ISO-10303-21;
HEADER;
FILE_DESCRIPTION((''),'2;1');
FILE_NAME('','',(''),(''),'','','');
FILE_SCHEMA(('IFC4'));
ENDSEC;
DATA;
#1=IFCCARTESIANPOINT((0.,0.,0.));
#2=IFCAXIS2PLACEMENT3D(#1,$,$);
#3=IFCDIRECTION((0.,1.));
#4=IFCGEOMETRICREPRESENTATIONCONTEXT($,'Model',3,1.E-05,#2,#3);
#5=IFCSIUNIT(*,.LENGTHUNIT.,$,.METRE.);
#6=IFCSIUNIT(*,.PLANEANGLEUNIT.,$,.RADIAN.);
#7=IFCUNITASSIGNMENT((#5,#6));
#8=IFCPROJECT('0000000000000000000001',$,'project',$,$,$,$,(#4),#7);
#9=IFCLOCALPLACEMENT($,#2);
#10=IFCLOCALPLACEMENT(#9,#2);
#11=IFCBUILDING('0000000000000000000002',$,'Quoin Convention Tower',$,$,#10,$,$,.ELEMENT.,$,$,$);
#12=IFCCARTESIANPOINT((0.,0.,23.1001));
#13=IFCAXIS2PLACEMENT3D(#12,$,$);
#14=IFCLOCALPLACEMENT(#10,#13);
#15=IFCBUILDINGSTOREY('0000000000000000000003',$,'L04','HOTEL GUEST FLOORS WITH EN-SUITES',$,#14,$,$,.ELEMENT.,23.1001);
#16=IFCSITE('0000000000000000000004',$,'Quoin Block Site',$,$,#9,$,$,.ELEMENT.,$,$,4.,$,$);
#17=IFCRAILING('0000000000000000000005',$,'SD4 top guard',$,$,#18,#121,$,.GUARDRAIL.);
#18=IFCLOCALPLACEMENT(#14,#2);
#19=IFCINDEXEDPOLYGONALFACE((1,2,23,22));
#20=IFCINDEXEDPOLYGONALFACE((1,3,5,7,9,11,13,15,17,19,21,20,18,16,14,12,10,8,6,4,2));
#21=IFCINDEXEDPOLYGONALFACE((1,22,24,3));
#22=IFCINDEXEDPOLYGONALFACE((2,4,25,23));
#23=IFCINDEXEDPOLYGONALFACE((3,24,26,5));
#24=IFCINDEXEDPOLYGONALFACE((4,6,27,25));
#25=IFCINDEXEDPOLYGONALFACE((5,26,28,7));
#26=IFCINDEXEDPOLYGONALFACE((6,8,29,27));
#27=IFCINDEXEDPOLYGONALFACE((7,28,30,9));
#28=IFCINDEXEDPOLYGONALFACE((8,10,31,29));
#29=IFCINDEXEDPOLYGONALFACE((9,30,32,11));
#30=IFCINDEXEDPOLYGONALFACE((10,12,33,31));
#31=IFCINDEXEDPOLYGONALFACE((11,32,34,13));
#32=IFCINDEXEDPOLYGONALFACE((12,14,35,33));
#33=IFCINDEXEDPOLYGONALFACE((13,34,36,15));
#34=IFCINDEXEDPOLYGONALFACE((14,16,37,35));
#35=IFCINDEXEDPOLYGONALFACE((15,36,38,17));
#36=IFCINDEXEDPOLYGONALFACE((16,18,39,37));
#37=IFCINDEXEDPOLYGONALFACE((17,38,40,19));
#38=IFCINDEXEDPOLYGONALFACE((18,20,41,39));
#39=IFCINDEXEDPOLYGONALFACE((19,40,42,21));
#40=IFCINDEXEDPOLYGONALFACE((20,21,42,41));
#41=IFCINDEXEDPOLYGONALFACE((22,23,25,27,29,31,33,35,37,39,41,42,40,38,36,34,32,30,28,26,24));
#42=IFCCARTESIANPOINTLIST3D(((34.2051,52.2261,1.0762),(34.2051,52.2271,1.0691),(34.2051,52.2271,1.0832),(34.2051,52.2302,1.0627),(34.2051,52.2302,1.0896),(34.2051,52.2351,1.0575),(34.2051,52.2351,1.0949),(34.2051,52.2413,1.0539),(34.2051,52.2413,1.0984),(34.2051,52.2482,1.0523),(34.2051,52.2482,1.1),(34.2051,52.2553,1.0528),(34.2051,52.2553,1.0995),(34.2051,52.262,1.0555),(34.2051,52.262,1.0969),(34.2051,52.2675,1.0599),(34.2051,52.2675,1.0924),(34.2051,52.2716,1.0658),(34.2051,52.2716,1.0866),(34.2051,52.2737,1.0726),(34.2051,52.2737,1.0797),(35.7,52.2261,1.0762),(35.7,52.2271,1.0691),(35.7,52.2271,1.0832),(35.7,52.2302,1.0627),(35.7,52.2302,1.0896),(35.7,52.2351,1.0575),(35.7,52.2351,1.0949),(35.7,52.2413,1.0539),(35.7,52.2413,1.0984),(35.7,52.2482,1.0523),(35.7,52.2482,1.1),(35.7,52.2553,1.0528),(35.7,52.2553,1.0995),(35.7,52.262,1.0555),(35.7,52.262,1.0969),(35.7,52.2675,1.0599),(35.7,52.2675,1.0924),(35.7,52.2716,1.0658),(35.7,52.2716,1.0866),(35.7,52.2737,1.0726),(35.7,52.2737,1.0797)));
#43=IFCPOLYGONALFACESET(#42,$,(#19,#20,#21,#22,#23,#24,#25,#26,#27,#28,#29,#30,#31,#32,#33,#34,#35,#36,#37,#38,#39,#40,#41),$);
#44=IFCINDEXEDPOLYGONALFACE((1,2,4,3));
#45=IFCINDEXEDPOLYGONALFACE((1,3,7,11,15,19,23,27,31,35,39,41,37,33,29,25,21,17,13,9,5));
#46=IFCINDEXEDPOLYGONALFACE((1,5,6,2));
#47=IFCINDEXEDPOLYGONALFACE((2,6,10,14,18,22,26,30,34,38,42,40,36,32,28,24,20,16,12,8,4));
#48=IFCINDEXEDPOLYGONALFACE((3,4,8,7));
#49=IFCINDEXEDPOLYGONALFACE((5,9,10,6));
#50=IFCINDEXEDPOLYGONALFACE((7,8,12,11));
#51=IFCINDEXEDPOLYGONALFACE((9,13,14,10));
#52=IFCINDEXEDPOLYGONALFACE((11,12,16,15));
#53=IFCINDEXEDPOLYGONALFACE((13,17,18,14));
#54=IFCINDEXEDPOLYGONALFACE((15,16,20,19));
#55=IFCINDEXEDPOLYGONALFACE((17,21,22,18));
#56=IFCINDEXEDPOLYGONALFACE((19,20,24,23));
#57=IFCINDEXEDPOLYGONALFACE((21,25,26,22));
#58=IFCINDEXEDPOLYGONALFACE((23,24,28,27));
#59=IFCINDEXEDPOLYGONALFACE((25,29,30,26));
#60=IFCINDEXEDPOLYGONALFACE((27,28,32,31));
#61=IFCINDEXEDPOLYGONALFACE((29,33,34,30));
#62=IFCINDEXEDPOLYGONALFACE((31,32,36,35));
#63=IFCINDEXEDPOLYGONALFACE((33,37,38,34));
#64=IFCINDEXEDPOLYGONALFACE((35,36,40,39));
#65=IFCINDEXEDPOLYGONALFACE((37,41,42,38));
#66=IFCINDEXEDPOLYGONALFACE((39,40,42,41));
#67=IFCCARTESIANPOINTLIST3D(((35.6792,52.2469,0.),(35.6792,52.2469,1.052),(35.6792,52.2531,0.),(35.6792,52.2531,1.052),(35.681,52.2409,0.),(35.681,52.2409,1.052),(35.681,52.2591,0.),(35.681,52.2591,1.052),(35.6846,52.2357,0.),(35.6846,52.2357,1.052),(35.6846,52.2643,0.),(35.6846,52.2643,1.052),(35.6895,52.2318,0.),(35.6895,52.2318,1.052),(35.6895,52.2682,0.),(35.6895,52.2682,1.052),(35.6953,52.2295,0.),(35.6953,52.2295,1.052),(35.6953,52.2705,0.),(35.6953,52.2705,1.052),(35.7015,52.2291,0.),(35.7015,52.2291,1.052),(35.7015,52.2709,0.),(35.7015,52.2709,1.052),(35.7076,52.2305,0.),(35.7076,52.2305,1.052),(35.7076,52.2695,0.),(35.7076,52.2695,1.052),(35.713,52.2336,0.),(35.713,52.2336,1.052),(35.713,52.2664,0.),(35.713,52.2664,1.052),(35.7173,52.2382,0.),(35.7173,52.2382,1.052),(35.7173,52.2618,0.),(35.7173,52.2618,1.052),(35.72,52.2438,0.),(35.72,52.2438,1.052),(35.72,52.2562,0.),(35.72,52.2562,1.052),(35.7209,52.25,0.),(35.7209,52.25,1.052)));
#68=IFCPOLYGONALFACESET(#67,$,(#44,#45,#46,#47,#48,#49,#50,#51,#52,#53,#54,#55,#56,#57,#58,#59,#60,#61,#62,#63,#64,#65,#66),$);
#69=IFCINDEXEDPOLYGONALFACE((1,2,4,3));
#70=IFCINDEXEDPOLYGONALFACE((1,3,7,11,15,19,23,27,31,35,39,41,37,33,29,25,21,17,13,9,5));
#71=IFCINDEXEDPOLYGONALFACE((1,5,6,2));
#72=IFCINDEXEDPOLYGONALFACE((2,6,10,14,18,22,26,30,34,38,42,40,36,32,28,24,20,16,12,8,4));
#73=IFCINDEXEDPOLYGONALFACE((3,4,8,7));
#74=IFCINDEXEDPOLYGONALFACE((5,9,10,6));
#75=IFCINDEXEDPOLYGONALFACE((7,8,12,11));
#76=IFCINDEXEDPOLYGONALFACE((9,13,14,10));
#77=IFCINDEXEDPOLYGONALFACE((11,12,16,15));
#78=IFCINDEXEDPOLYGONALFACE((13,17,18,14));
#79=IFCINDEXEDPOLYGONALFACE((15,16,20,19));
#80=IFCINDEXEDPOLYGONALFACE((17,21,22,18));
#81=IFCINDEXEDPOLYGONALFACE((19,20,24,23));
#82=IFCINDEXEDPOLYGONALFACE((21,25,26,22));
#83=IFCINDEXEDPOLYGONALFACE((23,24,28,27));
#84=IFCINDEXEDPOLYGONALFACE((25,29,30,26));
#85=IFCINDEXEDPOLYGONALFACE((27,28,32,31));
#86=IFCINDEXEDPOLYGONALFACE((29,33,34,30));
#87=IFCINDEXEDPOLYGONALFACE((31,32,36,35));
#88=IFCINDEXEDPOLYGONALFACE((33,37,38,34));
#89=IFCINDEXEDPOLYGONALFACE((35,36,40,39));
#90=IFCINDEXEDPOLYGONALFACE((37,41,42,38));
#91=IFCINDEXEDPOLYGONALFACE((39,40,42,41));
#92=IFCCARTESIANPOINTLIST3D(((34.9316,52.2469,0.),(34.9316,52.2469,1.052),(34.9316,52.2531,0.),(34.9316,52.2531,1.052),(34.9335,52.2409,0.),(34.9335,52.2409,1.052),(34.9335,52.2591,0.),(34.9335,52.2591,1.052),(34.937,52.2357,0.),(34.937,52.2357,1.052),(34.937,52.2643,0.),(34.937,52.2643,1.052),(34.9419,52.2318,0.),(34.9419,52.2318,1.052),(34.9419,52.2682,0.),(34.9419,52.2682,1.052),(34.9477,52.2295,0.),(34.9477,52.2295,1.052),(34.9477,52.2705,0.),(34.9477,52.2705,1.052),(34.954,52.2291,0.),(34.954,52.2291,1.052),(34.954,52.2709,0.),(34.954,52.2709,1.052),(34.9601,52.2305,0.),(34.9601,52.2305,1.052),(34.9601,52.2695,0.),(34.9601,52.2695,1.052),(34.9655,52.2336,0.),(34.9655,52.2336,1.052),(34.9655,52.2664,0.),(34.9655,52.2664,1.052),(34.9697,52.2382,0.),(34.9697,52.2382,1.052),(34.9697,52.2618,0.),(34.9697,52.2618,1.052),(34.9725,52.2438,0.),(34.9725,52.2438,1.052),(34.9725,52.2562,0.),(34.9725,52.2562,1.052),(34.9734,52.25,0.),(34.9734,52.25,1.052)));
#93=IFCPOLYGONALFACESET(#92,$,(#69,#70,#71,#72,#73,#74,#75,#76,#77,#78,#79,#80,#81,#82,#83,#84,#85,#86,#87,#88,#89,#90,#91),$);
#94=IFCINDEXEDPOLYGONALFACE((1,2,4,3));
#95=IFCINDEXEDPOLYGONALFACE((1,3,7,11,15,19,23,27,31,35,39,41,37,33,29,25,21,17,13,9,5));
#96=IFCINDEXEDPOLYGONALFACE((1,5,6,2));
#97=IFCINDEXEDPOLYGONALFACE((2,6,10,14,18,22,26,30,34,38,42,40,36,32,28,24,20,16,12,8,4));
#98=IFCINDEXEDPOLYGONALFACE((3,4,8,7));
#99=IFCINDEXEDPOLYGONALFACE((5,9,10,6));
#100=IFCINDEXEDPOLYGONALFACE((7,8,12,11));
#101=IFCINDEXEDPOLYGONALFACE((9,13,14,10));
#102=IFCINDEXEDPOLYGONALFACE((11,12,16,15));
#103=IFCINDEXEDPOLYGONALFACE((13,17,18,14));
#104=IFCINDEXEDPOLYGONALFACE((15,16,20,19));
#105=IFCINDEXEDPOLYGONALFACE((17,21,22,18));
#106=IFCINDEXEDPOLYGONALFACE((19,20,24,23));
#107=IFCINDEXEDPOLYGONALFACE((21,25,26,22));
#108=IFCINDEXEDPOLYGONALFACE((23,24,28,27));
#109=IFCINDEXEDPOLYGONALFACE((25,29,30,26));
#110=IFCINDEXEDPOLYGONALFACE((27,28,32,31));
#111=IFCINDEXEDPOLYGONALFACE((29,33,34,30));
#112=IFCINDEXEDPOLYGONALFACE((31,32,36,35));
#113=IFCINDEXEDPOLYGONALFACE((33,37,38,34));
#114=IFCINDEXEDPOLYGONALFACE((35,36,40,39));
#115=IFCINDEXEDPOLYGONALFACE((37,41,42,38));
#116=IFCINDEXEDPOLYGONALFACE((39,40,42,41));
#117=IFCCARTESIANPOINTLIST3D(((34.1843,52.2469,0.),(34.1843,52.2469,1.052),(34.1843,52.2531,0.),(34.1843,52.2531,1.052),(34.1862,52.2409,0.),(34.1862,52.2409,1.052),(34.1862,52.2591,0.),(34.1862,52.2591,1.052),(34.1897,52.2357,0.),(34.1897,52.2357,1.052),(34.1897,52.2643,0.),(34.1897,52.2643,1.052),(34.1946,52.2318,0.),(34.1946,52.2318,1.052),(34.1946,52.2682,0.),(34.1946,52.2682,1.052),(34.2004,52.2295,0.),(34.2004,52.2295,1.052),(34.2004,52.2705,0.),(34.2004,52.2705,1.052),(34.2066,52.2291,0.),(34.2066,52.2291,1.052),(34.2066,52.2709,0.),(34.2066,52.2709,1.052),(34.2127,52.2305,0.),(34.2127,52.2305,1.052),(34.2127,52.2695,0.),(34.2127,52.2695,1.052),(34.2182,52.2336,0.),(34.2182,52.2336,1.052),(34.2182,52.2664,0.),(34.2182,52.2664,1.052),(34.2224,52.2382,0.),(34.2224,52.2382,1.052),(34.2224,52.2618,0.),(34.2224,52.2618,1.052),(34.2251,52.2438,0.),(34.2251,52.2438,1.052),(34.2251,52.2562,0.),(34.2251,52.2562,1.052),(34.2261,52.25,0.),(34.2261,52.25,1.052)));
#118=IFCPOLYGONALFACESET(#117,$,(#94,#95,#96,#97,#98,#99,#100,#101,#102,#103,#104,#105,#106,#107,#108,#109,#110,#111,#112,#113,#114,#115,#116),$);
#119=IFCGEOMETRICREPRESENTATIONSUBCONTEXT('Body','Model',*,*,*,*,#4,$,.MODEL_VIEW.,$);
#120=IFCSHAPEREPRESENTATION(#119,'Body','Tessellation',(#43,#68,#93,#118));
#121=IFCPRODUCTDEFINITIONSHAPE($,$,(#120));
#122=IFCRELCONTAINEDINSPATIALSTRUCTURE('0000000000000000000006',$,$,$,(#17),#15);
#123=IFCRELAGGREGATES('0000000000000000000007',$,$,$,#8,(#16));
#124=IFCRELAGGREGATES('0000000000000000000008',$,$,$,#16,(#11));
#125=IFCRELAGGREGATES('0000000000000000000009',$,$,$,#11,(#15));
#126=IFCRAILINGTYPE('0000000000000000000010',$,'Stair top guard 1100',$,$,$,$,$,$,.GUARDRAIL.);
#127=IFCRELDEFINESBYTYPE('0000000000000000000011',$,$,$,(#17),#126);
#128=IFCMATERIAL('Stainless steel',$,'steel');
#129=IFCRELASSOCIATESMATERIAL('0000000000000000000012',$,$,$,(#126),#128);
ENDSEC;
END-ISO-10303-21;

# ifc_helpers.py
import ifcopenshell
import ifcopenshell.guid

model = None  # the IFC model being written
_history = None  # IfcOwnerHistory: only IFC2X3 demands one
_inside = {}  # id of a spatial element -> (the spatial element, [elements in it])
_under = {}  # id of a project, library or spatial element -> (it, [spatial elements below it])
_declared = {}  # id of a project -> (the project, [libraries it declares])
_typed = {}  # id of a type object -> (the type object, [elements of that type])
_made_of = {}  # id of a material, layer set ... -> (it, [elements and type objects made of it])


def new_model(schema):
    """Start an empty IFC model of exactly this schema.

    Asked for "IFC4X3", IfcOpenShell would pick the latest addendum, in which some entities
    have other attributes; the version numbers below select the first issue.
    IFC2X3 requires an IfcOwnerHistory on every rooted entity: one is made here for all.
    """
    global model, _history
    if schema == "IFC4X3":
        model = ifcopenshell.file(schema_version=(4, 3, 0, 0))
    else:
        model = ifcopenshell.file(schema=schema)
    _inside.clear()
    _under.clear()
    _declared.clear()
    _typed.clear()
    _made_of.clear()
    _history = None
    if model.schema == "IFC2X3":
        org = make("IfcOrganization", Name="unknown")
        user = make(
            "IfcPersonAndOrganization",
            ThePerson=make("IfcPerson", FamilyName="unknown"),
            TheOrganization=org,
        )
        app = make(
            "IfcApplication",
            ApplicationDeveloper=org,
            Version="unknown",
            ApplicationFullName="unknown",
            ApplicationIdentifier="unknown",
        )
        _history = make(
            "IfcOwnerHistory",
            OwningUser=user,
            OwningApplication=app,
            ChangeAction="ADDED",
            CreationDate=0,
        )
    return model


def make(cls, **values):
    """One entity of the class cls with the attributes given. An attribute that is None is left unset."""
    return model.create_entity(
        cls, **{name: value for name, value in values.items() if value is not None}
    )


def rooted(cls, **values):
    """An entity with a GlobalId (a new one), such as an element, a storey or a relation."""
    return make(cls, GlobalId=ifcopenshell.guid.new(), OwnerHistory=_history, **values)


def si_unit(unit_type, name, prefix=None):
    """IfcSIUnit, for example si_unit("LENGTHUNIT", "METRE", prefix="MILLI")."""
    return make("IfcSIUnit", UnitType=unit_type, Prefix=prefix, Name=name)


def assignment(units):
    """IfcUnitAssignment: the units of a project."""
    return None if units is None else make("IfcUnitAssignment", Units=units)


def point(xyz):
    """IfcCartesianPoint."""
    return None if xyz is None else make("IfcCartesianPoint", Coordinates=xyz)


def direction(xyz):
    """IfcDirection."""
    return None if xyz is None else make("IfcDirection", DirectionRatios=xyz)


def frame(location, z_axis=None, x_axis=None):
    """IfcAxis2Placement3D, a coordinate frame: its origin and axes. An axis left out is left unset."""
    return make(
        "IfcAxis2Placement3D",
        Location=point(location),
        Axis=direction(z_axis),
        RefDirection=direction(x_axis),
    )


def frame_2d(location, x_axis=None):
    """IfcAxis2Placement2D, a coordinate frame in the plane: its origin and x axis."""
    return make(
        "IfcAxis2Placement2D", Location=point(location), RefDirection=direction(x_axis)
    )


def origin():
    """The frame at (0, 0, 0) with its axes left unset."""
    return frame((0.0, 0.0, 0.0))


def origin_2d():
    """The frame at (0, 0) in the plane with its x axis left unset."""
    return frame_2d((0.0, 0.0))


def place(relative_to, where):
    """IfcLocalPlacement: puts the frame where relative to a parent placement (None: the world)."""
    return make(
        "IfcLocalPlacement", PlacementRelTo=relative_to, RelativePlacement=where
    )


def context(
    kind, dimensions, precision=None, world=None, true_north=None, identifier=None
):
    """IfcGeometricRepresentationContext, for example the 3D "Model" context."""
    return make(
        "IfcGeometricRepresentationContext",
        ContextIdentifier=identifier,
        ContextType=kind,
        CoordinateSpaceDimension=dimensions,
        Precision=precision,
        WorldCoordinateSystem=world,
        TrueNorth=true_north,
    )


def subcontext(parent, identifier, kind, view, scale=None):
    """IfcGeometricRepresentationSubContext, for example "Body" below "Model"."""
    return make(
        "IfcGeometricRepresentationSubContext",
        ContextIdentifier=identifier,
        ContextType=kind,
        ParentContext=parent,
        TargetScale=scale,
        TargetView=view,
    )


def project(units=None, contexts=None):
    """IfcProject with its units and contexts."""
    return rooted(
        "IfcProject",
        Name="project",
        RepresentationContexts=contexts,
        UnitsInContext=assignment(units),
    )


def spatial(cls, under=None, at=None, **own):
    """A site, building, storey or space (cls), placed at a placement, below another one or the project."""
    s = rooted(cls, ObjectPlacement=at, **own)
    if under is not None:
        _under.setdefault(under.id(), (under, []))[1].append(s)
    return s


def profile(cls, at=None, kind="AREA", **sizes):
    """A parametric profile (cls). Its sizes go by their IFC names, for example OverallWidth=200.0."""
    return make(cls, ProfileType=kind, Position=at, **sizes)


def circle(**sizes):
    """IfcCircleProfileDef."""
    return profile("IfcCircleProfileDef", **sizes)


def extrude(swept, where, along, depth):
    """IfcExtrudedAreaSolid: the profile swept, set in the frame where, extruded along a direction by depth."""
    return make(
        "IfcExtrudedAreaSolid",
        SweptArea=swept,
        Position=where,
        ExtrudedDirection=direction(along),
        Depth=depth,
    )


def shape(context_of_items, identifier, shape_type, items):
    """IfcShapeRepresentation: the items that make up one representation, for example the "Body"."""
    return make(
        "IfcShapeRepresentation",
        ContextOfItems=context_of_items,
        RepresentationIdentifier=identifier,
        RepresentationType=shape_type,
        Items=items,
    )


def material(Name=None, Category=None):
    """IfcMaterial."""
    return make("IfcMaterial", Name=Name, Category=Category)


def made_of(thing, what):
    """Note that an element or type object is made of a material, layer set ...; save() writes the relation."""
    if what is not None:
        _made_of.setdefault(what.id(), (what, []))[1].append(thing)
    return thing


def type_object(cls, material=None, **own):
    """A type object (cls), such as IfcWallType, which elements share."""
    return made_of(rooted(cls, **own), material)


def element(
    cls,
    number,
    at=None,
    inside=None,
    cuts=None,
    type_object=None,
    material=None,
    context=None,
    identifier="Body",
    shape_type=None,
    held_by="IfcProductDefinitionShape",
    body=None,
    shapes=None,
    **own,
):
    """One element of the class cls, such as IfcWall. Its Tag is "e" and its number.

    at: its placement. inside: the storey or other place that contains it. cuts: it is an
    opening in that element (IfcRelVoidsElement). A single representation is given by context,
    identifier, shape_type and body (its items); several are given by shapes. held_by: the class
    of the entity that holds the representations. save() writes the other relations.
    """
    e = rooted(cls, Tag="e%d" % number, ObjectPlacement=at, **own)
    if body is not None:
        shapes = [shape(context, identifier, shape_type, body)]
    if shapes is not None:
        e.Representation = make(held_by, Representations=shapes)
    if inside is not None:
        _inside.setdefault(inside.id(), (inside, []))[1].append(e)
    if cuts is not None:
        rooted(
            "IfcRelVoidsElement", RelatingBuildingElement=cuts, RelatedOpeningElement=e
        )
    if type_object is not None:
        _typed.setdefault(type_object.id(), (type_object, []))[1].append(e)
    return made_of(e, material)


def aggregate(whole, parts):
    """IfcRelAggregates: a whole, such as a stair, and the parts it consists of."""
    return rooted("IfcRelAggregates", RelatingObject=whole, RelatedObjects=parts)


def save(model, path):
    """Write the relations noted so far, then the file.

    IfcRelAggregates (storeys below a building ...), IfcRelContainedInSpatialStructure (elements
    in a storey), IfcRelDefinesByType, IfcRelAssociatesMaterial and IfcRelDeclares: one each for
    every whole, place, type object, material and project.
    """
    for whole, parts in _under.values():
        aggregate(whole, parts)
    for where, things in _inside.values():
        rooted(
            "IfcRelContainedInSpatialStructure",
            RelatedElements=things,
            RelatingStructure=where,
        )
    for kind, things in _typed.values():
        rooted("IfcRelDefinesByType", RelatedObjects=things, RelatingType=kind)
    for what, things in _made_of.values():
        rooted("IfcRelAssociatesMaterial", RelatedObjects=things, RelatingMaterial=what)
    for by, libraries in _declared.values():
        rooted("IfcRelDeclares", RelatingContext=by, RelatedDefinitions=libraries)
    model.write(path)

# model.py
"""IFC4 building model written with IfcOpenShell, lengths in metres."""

from ifc_helpers import new_model, si_unit, direction, frame, origin, origin_2d, place, context, subcontext, project, spatial, circle, extrude, material, type_object, element, save


model = new_model("IFC4")

# Units and contexts
model_context = context("Model", 3, precision=1e-05, world=origin(), true_north=direction((0.0, 1.0)))
body_context = subcontext(model_context, "Body", "Model", "MODEL_VIEW")
ifc_project = project(units=[si_unit("LENGTHUNIT", "METRE"), si_unit("PLANEANGLEUNIT", "RADIAN")], contexts=[model_context])

# Site, building, storey
site_placement = place(None, origin())
site = spatial("IfcSite", under=ifc_project, at=site_placement, Name="Quoin Block Site", CompositionType="ELEMENT", RefElevation=4.0)
building_placement = place(site_placement, origin())
building = spatial("IfcBuilding", under=site, at=building_placement, Name="Quoin Convention Tower", CompositionType="ELEMENT")
storey_placement = place(building_placement, frame((0.0, 0.0, 23.1001)))
storey = spatial("IfcBuildingStorey", under=building, at=storey_placement, Name="L04", Description="HOTEL GUEST FLOORS WITH EN-SUITES", CompositionType="ELEMENT", Elevation=23.1001)

# Railing
ifc_material_1 = material(Name="Stainless steel", Category="steel")
railing_type = type_object("IfcRailingType", Name="Stair top guard 1100", PredefinedType="GUARDRAIL", material=ifc_material_1)
railing_1_placement = place(storey_placement, frame((35.7, 52.25, 0.0)))
element("IfcRailing", 1, at=railing_1_placement, inside=storey, type_object=railing_type, Name="SD4 top guard", PredefinedType="GUARDRAIL", context=body_context, shape_type="SweptSolid", body=[
    extrude(circle(Radius=0.0239, at=origin_2d()), frame((0.0, 0.0, 1.0762), z_axis=(-1.0, 0.0, 0.0), x_axis=(0.0, -1.0, 0.0)), (0.0, 0.0, 1.0), 1.4949),
    extrude(circle(Radius=0.021, at=origin_2d()), origin(), (0.0, 0.0, 1.0), 1.052),
    extrude(circle(Radius=0.021, at=origin_2d()), frame((-0.7476, 0.0, 0.0)), (0.0, 0.0, 1.0), 1.052),
    extrude(circle(Radius=0.021, at=origin_2d()), frame((-1.4949, 0.0, 0.0)), (0.0, 0.0, 1.0), 1.052),
])

save(model, "model.ifc")
